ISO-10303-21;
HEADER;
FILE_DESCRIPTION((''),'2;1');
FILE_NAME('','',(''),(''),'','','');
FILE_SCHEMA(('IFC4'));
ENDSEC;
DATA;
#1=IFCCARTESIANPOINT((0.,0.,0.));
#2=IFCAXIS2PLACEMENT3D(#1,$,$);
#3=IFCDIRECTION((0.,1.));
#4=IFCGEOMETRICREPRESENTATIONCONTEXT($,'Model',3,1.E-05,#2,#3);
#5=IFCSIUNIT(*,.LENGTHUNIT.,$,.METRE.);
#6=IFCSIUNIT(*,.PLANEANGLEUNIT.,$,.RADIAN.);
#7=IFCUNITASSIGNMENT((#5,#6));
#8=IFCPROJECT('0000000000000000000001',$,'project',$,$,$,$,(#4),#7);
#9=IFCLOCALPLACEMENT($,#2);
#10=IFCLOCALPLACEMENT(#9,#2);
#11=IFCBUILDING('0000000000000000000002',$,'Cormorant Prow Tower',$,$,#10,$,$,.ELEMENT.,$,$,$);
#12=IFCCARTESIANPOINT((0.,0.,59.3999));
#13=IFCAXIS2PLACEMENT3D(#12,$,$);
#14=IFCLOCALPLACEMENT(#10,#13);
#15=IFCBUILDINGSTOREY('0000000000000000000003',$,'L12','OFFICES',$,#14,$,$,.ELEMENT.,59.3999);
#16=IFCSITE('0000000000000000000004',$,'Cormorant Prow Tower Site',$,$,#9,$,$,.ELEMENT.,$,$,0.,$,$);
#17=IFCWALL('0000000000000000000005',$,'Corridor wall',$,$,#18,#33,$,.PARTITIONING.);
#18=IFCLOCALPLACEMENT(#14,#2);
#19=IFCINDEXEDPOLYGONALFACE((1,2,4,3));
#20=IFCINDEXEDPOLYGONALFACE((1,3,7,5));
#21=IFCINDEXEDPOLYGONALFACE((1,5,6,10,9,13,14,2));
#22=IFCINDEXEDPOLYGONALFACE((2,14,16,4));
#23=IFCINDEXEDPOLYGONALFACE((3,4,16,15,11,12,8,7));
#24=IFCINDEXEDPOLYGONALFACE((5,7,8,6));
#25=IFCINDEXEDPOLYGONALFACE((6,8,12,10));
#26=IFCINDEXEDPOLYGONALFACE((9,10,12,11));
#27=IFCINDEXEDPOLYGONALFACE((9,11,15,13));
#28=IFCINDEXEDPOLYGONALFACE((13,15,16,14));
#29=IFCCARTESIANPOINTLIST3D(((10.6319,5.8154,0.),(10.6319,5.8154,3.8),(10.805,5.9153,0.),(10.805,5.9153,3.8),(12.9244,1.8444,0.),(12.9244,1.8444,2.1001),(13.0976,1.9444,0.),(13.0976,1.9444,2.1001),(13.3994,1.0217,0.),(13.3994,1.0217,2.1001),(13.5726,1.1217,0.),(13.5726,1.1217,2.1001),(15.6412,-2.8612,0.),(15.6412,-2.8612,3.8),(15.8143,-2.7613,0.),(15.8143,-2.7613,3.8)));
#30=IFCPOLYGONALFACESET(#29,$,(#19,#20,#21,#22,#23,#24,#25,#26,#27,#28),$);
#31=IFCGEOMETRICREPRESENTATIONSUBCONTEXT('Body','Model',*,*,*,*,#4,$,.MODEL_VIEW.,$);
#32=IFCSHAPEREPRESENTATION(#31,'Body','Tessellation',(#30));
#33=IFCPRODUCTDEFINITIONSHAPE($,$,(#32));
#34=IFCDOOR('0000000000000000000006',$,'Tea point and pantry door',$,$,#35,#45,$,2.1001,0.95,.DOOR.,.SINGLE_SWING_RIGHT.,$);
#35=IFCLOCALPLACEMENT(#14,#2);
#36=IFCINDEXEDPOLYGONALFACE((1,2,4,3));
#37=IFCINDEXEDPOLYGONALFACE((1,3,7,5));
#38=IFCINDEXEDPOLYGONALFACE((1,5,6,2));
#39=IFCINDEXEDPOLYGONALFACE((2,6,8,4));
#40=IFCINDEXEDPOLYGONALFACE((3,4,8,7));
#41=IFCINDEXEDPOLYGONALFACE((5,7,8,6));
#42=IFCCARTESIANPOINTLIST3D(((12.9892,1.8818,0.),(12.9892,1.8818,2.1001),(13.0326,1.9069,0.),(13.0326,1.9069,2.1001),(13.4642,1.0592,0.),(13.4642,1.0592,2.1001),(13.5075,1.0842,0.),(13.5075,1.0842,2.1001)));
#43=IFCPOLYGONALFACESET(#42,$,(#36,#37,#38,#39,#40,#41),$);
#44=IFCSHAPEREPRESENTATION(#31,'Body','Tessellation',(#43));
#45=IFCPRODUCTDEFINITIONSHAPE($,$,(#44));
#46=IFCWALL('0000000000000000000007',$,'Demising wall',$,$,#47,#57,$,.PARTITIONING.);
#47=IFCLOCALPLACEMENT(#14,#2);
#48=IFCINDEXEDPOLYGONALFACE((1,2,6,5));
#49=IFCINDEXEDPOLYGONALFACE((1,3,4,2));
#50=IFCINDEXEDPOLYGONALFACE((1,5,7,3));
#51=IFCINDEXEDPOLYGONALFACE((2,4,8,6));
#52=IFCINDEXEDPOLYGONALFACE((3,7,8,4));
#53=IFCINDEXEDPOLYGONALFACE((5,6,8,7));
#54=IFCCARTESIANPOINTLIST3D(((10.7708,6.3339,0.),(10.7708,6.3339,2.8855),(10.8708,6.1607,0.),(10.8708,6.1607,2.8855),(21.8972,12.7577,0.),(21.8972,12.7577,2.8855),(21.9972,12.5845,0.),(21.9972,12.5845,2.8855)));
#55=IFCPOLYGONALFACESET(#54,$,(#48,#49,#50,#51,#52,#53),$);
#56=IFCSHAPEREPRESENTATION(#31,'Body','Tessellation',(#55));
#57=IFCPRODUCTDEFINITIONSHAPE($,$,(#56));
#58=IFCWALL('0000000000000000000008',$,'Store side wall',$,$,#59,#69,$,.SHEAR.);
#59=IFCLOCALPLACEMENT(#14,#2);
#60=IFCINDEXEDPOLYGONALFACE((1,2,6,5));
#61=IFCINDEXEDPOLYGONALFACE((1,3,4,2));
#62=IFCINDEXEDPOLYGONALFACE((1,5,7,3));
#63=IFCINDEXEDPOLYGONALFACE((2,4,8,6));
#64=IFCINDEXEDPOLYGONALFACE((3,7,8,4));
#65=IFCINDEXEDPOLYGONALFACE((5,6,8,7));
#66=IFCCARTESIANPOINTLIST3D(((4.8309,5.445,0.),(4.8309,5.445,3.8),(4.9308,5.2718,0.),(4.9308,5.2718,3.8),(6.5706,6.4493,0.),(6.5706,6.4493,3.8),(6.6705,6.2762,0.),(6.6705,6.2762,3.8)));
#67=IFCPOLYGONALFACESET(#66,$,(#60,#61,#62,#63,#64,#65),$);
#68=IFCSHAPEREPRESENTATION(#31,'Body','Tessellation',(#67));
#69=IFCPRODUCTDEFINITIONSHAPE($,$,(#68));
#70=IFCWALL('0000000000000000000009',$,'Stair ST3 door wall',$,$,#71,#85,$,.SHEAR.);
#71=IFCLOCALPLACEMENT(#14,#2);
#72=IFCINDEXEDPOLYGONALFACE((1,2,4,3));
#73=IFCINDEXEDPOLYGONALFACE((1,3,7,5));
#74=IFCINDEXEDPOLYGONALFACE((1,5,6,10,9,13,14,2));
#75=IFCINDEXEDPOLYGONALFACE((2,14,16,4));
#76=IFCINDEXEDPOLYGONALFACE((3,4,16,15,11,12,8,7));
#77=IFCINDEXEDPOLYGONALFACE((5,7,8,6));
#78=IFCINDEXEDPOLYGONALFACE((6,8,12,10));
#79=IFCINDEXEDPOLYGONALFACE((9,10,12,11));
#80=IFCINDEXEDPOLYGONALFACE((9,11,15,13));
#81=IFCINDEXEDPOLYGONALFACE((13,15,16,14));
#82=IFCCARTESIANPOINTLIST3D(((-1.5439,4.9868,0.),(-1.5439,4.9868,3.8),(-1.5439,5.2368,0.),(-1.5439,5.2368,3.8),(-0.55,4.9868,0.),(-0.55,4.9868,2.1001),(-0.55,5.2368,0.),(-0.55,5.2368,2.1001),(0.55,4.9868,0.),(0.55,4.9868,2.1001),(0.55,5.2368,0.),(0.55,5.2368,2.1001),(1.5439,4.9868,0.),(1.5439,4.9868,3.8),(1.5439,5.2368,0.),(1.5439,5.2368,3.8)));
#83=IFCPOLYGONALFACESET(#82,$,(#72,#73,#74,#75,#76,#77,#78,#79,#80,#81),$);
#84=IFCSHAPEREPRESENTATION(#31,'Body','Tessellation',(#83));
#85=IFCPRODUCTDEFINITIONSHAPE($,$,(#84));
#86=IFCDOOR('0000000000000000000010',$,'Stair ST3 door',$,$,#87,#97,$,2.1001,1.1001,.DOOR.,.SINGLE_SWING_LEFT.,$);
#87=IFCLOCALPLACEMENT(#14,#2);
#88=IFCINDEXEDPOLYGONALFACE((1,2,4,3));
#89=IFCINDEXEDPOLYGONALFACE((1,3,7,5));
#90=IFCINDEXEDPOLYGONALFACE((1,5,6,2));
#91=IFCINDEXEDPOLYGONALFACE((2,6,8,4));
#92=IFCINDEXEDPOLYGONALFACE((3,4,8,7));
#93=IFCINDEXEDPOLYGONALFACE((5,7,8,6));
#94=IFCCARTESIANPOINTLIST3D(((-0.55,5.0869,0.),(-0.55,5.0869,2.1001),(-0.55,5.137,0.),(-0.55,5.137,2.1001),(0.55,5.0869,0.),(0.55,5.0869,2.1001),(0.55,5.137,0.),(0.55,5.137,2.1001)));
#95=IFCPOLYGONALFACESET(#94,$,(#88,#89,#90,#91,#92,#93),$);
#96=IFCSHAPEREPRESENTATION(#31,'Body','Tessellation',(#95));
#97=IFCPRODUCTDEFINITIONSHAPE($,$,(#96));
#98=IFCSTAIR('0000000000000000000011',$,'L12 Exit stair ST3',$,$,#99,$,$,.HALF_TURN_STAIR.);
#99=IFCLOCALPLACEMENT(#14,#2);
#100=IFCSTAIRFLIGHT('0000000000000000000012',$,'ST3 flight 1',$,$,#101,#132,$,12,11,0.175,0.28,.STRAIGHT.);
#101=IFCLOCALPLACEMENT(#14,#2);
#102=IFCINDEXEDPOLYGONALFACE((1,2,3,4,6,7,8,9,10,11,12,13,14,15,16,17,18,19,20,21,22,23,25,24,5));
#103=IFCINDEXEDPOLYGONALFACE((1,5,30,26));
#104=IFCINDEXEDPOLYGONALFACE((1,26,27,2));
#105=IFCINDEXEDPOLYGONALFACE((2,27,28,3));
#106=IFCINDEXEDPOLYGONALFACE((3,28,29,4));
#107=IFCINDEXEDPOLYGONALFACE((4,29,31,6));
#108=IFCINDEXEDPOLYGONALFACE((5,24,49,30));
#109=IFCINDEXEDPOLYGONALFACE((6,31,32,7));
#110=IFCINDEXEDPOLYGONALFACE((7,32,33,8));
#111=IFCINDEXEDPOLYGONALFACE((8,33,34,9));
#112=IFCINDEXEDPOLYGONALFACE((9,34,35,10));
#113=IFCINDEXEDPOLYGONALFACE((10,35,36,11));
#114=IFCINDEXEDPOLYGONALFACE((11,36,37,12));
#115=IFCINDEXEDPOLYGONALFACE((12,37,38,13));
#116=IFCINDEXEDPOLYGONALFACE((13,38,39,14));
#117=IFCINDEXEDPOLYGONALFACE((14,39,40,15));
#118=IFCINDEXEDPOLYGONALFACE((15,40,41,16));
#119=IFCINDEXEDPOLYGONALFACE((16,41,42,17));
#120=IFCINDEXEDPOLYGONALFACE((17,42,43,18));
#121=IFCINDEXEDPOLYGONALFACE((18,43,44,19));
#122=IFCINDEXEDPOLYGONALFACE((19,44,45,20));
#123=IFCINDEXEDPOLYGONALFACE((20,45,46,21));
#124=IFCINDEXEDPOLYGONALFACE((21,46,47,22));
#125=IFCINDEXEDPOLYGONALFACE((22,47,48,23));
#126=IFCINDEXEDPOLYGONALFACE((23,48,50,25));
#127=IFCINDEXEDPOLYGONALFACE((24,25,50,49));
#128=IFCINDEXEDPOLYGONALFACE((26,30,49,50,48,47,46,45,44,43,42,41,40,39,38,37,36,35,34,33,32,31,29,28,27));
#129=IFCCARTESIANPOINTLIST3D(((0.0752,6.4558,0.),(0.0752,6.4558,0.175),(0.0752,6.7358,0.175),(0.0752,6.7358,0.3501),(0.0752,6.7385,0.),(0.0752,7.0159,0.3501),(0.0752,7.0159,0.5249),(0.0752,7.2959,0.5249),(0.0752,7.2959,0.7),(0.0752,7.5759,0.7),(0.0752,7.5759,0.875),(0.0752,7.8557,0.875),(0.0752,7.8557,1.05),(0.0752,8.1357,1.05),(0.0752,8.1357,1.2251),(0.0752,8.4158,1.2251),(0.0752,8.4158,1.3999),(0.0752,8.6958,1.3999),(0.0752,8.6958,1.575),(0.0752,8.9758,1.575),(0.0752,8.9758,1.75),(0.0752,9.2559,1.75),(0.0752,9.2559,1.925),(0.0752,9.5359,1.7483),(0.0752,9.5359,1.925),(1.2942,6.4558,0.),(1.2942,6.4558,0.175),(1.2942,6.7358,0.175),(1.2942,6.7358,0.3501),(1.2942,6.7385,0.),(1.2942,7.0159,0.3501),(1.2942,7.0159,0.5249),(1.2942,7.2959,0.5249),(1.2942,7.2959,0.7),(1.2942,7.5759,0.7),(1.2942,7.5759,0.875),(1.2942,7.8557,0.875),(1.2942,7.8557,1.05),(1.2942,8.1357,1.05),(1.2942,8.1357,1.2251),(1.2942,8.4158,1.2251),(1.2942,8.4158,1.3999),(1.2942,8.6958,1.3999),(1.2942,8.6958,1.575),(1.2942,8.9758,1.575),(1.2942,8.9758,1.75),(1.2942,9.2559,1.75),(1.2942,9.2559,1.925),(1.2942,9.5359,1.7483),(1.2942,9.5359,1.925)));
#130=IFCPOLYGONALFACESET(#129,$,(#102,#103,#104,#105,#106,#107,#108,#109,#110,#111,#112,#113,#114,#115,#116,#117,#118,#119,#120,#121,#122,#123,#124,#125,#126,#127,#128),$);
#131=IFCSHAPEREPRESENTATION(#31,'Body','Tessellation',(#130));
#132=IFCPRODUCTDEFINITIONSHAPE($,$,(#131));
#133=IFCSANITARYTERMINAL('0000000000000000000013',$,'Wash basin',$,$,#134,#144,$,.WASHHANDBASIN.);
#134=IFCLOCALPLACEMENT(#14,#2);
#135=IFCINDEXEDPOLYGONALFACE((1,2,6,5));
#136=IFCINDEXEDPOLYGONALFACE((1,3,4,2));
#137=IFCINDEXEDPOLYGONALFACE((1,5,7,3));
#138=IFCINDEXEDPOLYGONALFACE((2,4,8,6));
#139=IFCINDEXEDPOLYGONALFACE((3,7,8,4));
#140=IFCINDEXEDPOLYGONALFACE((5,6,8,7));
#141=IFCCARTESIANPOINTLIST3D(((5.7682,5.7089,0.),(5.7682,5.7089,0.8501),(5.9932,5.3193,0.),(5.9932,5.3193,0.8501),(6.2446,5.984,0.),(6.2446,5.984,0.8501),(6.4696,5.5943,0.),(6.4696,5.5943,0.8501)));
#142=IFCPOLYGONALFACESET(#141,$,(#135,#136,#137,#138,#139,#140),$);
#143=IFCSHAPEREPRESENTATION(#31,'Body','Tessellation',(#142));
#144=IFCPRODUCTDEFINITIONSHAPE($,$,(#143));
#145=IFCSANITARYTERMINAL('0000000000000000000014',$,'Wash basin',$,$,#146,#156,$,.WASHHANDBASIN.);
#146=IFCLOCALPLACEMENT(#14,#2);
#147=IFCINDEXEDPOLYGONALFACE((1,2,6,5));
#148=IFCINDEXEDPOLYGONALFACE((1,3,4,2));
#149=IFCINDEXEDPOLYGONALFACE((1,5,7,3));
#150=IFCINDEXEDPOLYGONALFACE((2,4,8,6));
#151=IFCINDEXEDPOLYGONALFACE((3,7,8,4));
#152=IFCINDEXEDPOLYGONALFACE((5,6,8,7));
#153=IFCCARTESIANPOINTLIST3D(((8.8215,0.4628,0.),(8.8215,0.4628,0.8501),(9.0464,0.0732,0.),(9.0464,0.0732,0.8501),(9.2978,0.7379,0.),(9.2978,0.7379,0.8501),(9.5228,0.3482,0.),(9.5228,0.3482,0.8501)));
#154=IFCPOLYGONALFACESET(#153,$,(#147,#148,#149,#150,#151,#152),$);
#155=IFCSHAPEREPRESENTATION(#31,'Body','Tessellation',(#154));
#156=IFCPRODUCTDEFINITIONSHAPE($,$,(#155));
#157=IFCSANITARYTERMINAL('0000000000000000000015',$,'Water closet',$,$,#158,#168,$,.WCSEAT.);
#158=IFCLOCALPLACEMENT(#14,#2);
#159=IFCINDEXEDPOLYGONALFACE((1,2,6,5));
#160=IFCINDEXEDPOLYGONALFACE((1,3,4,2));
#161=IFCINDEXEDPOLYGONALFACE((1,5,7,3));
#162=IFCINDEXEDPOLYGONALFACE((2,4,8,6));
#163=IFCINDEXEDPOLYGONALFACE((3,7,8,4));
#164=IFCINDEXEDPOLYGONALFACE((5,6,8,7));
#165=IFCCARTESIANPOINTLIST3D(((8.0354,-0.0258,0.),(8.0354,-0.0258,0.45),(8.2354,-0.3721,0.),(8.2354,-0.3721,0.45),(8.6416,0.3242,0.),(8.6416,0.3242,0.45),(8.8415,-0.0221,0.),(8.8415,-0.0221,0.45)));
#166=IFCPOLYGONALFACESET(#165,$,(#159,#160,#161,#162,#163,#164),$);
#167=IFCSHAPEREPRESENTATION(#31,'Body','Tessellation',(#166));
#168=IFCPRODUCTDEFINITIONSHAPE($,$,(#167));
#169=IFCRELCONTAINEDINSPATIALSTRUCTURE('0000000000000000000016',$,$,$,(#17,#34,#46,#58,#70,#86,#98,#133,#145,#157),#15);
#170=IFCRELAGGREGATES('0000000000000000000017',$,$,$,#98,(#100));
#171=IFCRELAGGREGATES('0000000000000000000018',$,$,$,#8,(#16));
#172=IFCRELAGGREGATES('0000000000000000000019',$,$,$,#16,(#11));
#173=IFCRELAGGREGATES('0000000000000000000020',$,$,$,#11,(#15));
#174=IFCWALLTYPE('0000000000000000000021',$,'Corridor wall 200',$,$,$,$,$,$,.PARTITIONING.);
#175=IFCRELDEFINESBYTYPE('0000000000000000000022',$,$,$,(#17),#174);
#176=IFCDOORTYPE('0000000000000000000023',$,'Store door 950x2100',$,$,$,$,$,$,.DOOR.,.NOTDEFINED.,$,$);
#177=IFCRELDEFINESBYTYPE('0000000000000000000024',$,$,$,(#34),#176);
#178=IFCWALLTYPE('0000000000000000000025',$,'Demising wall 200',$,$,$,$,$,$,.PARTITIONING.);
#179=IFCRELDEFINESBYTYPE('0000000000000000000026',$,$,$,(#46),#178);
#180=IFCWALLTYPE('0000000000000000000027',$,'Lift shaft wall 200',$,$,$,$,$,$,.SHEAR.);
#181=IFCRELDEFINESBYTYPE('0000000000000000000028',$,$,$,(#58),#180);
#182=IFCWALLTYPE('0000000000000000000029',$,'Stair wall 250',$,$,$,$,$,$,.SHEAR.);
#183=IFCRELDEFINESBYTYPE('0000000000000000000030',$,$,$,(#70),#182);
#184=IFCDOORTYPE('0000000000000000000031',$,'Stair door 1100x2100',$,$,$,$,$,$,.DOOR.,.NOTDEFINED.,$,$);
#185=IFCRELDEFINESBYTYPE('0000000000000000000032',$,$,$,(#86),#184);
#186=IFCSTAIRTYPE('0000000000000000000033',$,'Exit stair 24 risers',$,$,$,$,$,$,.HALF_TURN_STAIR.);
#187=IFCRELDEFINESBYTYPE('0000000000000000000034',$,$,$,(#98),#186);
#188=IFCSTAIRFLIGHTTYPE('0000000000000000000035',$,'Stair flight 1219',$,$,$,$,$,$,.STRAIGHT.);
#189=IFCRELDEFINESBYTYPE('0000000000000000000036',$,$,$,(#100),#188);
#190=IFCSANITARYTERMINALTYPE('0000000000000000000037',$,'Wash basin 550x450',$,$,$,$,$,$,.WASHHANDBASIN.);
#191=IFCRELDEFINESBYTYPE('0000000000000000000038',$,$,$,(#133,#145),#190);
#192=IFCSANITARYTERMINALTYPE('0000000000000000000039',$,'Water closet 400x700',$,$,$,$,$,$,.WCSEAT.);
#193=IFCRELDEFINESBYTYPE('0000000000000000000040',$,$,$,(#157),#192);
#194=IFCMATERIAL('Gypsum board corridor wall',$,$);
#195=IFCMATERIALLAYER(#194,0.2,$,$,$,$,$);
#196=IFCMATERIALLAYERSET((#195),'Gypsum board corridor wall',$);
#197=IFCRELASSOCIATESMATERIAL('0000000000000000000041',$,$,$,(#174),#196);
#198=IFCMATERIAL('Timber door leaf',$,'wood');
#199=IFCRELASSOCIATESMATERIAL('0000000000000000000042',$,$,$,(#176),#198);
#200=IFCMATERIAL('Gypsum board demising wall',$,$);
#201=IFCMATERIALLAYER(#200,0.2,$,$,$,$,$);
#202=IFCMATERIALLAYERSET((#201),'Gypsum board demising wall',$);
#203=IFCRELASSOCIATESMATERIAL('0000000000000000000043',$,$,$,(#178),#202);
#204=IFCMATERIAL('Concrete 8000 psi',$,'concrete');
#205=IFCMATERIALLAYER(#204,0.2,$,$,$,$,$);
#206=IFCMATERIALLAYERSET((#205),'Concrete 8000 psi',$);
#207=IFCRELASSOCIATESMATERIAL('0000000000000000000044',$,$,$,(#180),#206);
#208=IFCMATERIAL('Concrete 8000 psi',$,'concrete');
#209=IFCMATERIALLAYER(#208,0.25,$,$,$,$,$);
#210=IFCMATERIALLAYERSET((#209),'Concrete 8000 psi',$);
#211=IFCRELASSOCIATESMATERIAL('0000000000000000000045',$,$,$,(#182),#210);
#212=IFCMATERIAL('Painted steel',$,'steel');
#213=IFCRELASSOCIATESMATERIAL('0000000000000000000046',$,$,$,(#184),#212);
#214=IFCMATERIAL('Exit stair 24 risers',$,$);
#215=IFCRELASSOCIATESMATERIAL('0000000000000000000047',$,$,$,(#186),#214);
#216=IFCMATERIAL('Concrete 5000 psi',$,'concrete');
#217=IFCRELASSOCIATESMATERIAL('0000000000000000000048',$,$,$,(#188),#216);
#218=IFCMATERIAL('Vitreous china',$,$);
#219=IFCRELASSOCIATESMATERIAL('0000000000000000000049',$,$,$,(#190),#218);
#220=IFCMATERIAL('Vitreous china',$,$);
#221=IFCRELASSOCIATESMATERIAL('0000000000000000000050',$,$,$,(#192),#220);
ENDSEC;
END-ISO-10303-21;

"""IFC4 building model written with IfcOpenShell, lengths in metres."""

from ifc_helpers import new_model, si_unit, direction, frame, frame_2d, origin, origin_2d, place, context, subcontext, project, spatial, polyline, rectangle, outline, extrude, material, layer, layer_set, type_object, element, fill, aggregate, save


model = new_model("IFC4")

# Units and contexts
model_context = context("Model", 3, precision=1e-05, world=origin(), true_north=direction((0.0, 1.0)))
body_context = subcontext(model_context, "Body", "Model", "MODEL_VIEW")
ifc_project = project(units=[si_unit("LENGTHUNIT", "METRE"), si_unit("PLANEANGLEUNIT", "RADIAN")], contexts=[model_context])

# Site, building, storey
site_placement = place(None, origin())
site = spatial("IfcSite", under=ifc_project, at=site_placement, Name="Cormorant Prow Tower Site", CompositionType="ELEMENT", RefElevation=0.0)
building_placement = place(site_placement, origin())
building = spatial("IfcBuilding", under=site, at=building_placement, Name="Cormorant Prow Tower", CompositionType="ELEMENT")
storey_placement = place(building_placement, frame((0.0, 0.0, 59.3999)))
storey = spatial("IfcBuildingStorey", under=building, at=storey_placement, Name="L12", Description="OFFICES", CompositionType="ELEMENT", Elevation=59.3999)

# Wall, opening, door
ifc_material_1 = material(Name="Gypsum board corridor wall")
ifc_layer_1 = layer(ifc_material_1, 0.2)
ifc_layer_set_1 = layer_set([ifc_layer_1], Name="Gypsum board corridor wall")
wall_type_1 = type_object("IfcWallType", Name="Corridor wall 200", PredefinedType="PARTITIONING", material=ifc_layer_set_1)
wall_1_placement = place(storey_placement, frame((10.7185, 5.8652, 0.0), z_axis=(0.0, 0.0, 1.0), x_axis=(0.499992, -0.86603, 0.0)))
wall_1 = element("IfcWall", 1, at=wall_1_placement, inside=storey, type_object=wall_type_1, Name="Corridor wall", PredefinedType="PARTITIONING", context=body_context, shape_type="SweptSolid", body=[
    extrude(rectangle(XDim=10.0188, YDim=0.2, at=frame_2d((5.0093, 0.0))), origin(), (0.0, 0.0, 1.0), 3.8),
])
opening_1_placement = place(wall_1_placement, frame((4.585, 0.0, 0.0)))
opening_1 = element("IfcOpeningElement", 2, at=opening_1_placement, cuts=wall_1, PredefinedType="OPENING", context=body_context, shape_type="SweptSolid", body=[
    extrude(rectangle(XDim=0.95, YDim=2.1001, at=frame_2d((0.4751, 1.05))), frame((0.0, 0.1099, 0.0), z_axis=(0.0, -1.0, 0.0), x_axis=(1.0, 0.0, 0.0)), (0.0, 0.0, 1.0), 0.22),
])
ifc_material_2 = material(Name="Timber door leaf", Category="wood")
door_type_1 = type_object("IfcDoorType", Name="Store door 950x2100", OperationType="NOTDEFINED", PredefinedType="DOOR", material=ifc_material_2)
door_1_placement = place(opening_1_placement, origin())
door_1 = element("IfcDoor", 3, at=door_1_placement, inside=storey, type_object=door_type_1, Name="Tea point and pantry door", OperationType="SINGLE_SWING_RIGHT", OverallHeight=2.1001, OverallWidth=0.95, PredefinedType="DOOR", context=body_context, shape_type="SweptSolid", body=[
    extrude(rectangle(XDim=0.95, YDim=2.1001, at=frame_2d((0.4751, 1.05))), frame((0.0, 0.0249, 0.0), z_axis=(0.0, -1.0, 0.0), x_axis=(1.0, 0.0, 0.0)), (0.0, 0.0, 1.0), 0.05),
])
fill(opening_1, door_1)

# Walls
ifc_material_3 = material(Name="Gypsum board demising wall")
ifc_layer_2 = layer(ifc_material_3, 0.2)
ifc_layer_set_2 = layer_set([ifc_layer_2], Name="Gypsum board demising wall")
wall_type_2 = type_object("IfcWallType", Name="Demising wall 200", PredefinedType="PARTITIONING", material=ifc_layer_set_2)
wall_2_placement = place(storey_placement, frame((10.8208, 6.2473, 0.0), z_axis=(0.0, 0.0, 1.0), x_axis=(0.866027, 0.499998, 0.0)))
element("IfcWall", 4, at=wall_2_placement, inside=storey, type_object=wall_type_2, Name="Demising wall", PredefinedType="PARTITIONING", context=body_context, shape_type="SweptSolid", body=[
    extrude(rectangle(XDim=12.8477, YDim=0.2, at=frame_2d((6.4238, 0.0))), origin(), (0.0, 0.0, 1.0), 2.8855),
])
ifc_material_4 = material(Name="Concrete 8000 psi", Category="concrete")
ifc_layer_3 = layer(ifc_material_4, 0.2)
ifc_layer_set_3 = layer_set([ifc_layer_3], Name="Concrete 8000 psi")
wall_type_3 = type_object("IfcWallType", Name="Lift shaft wall 200", PredefinedType="SHEAR", material=ifc_layer_set_3)
wall_3_placement = place(storey_placement, frame((4.8809, 5.3584, 0.0), z_axis=(0.0, 0.0, 1.0), x_axis=(0.866036, 0.499982, 0.0)))
element("IfcWall", 5, at=wall_3_placement, inside=storey, type_object=wall_type_3, Name="Store side wall", PredefinedType="SHEAR", context=body_context, shape_type="SweptSolid", body=[
    extrude(rectangle(XDim=2.0088, YDim=0.2, at=frame_2d((1.0044, 0.0))), origin(), (0.0, 0.0, 1.0), 3.8),
])

# Wall, opening, door
ifc_material_5 = material(Name="Concrete 8000 psi", Category="concrete")
ifc_layer_4 = layer(ifc_material_5, 0.25)
ifc_layer_set_4 = layer_set([ifc_layer_4], Name="Concrete 8000 psi")
wall_type_4 = type_object("IfcWallType", Name="Stair wall 250", PredefinedType="SHEAR", material=ifc_layer_set_4)
wall_4_placement = place(storey_placement, frame((1.5439, 5.1118, 0.0), z_axis=(0.0, 0.0, 1.0), x_axis=(-1.0, 0.0, 0.0)))
wall_4 = element("IfcWall", 6, at=wall_4_placement, inside=storey, type_object=wall_type_4, Name="Stair ST3 door wall", PredefinedType="SHEAR", context=body_context, shape_type="SweptSolid", body=[
    extrude(rectangle(XDim=3.0879, YDim=0.25, at=frame_2d((1.5439, 0.0))), origin(), (0.0, 0.0, 1.0), 3.8),
])
opening_2_placement = place(wall_4_placement, frame((0.9939, 0.0, 0.0)))
opening_2 = element("IfcOpeningElement", 7, at=opening_2_placement, cuts=wall_4, PredefinedType="OPENING", context=body_context, shape_type="SweptSolid", body=[
    extrude(rectangle(XDim=1.1001, YDim=2.1001, at=frame_2d((0.55, 1.05))), frame((0.0, 0.135, 0.0), z_axis=(0.0, -1.0, 0.0), x_axis=(1.0, 0.0, 0.0)), (0.0, 0.0, 1.0), 0.27),
])
ifc_material_6 = material(Name="Painted steel", Category="steel")
door_type_2 = type_object("IfcDoorType", Name="Stair door 1100x2100", OperationType="NOTDEFINED", PredefinedType="DOOR", material=ifc_material_6)
door_2_placement = place(opening_2_placement, origin())
door_2 = element("IfcDoor", 8, at=door_2_placement, inside=storey, type_object=door_type_2, Name="Stair ST3 door", OperationType="SINGLE_SWING_LEFT", OverallHeight=2.1001, OverallWidth=1.1001, PredefinedType="DOOR", context=body_context, shape_type="SweptSolid", body=[
    extrude(rectangle(XDim=1.1001, YDim=2.1001, at=frame_2d((0.55, 1.05))), frame((0.0, 0.0249, 0.0), z_axis=(0.0, -1.0, 0.0), x_axis=(1.0, 0.0, 0.0)), (0.0, 0.0, 1.0), 0.05),
])
fill(opening_2, door_2)

# Stair, stair flight
ifc_material_7 = material(Name="Exit stair 24 risers")
stair_type = type_object("IfcStairType", Name="Exit stair 24 risers", PredefinedType="HALF_TURN_STAIR", material=ifc_material_7)
stair_placement = place(storey_placement, origin())
stair = element("IfcStair", 9, at=stair_placement, inside=storey, type_object=stair_type, Name="L12 Exit stair ST3", PredefinedType="HALF_TURN_STAIR")
ifc_material_8 = material(Name="Concrete 5000 psi", Category="concrete")
stair_flight_type = type_object("IfcStairFlightType", Name="Stair flight 1219", PredefinedType="STRAIGHT", material=ifc_material_8)
stair_flight_placement = place(storey_placement, frame((0.6846, 6.4558, 0.0), z_axis=(0.0, 0.0, 1.0), x_axis=(0.0, 1.0, 0.0)))
stair_flight = element("IfcStairFlight", 10, at=stair_flight_placement, type_object=stair_flight_type, Name="ST3 flight 1", NumberOfRisers=12, NumberOfTreads=11, PredefinedType="STRAIGHT", RiserHeight=0.175, TreadLength=0.28, context=body_context, shape_type="SweptSolid", body=[
    extrude(outline(polyline([(0.0, 0.0), (0.0, 0.175), (0.28, 0.175), (0.28, 0.3501), (0.5601, 0.3501), (0.5601, 0.5249), (0.8401, 0.5249), (0.8401, 0.7), (1.1201, 0.7), (1.1201, 0.875), (1.3999, 0.875), (1.3999, 1.05), (1.6799, 1.05), (1.6799, 1.2251), (1.96, 1.2251), (1.96, 1.3999), (2.24, 1.3999), (2.24, 1.575), (2.52, 1.575), (2.52, 1.75), (2.8, 1.75), (2.8, 1.925), (3.0801, 1.925), (3.0801, 2.1001), (3.0801, 1.7483), (0.2827, 0.0), (0.0, 0.0)])), frame((0.0, 0.6094, 0.0), z_axis=(0.0, -1.0, 0.0), x_axis=(1.0, 0.0, 0.0)), (0.0, 0.0, 1.0), 1.219),
])
aggregate(stair, [stair_flight])

# Sanitary terminals
ifc_material_9 = material(Name="Vitreous china")
sanitary_terminal_type_1 = type_object("IfcSanitaryTerminalType", Name="Wash basin 550x450", PredefinedType="WASHHANDBASIN", material=ifc_material_9)
for number, where, z_axis, x_axis, name in (
    (11, (6.1189, 5.6516, 0.0), (0.0, 0.0, 1.0), (-0.866043, -0.49997, 0.0), "Wash basin"),
    (12, (9.1721, 0.4055, 0.0), (0.0, 0.0, 1.0), (0.866017, 0.500015, 0.0), "Wash basin"),
):
    element("IfcSanitaryTerminal", number, at=place(storey_placement, frame(where, z_axis=z_axis, x_axis=x_axis)), inside=storey, type_object=sanitary_terminal_type_1, Name=name, PredefinedType="WASHHANDBASIN", context=body_context, shape_type="SweptSolid", body=[
        extrude(rectangle(XDim=0.55, YDim=0.45, at=origin_2d()), origin(), (0.0, 0.0, 1.0), 0.8501),
    ])
ifc_material_10 = material(Name="Vitreous china")
sanitary_terminal_type_2 = type_object("IfcSanitaryTerminalType", Name="Water closet 400x700", PredefinedType="WCSEAT", material=ifc_material_10)
for number, where, z_axis, x_axis, name in (
    (13, (8.4385, -0.0239, 0.0), (0.0, 0.0, 1.0), (0.5, -0.866025, 0.0), "Water closet"),
):
    element("IfcSanitaryTerminal", number, at=place(storey_placement, frame(where, z_axis=z_axis, x_axis=x_axis)), inside=storey, type_object=sanitary_terminal_type_2, Name=name, PredefinedType="WCSEAT", context=body_context, shape_type="SweptSolid", body=[
        extrude(rectangle(XDim=0.3999, YDim=0.7, at=origin_2d()), origin(), (0.0, 0.0, 1.0), 0.45),
    ])

save(model, "model.ifc")
